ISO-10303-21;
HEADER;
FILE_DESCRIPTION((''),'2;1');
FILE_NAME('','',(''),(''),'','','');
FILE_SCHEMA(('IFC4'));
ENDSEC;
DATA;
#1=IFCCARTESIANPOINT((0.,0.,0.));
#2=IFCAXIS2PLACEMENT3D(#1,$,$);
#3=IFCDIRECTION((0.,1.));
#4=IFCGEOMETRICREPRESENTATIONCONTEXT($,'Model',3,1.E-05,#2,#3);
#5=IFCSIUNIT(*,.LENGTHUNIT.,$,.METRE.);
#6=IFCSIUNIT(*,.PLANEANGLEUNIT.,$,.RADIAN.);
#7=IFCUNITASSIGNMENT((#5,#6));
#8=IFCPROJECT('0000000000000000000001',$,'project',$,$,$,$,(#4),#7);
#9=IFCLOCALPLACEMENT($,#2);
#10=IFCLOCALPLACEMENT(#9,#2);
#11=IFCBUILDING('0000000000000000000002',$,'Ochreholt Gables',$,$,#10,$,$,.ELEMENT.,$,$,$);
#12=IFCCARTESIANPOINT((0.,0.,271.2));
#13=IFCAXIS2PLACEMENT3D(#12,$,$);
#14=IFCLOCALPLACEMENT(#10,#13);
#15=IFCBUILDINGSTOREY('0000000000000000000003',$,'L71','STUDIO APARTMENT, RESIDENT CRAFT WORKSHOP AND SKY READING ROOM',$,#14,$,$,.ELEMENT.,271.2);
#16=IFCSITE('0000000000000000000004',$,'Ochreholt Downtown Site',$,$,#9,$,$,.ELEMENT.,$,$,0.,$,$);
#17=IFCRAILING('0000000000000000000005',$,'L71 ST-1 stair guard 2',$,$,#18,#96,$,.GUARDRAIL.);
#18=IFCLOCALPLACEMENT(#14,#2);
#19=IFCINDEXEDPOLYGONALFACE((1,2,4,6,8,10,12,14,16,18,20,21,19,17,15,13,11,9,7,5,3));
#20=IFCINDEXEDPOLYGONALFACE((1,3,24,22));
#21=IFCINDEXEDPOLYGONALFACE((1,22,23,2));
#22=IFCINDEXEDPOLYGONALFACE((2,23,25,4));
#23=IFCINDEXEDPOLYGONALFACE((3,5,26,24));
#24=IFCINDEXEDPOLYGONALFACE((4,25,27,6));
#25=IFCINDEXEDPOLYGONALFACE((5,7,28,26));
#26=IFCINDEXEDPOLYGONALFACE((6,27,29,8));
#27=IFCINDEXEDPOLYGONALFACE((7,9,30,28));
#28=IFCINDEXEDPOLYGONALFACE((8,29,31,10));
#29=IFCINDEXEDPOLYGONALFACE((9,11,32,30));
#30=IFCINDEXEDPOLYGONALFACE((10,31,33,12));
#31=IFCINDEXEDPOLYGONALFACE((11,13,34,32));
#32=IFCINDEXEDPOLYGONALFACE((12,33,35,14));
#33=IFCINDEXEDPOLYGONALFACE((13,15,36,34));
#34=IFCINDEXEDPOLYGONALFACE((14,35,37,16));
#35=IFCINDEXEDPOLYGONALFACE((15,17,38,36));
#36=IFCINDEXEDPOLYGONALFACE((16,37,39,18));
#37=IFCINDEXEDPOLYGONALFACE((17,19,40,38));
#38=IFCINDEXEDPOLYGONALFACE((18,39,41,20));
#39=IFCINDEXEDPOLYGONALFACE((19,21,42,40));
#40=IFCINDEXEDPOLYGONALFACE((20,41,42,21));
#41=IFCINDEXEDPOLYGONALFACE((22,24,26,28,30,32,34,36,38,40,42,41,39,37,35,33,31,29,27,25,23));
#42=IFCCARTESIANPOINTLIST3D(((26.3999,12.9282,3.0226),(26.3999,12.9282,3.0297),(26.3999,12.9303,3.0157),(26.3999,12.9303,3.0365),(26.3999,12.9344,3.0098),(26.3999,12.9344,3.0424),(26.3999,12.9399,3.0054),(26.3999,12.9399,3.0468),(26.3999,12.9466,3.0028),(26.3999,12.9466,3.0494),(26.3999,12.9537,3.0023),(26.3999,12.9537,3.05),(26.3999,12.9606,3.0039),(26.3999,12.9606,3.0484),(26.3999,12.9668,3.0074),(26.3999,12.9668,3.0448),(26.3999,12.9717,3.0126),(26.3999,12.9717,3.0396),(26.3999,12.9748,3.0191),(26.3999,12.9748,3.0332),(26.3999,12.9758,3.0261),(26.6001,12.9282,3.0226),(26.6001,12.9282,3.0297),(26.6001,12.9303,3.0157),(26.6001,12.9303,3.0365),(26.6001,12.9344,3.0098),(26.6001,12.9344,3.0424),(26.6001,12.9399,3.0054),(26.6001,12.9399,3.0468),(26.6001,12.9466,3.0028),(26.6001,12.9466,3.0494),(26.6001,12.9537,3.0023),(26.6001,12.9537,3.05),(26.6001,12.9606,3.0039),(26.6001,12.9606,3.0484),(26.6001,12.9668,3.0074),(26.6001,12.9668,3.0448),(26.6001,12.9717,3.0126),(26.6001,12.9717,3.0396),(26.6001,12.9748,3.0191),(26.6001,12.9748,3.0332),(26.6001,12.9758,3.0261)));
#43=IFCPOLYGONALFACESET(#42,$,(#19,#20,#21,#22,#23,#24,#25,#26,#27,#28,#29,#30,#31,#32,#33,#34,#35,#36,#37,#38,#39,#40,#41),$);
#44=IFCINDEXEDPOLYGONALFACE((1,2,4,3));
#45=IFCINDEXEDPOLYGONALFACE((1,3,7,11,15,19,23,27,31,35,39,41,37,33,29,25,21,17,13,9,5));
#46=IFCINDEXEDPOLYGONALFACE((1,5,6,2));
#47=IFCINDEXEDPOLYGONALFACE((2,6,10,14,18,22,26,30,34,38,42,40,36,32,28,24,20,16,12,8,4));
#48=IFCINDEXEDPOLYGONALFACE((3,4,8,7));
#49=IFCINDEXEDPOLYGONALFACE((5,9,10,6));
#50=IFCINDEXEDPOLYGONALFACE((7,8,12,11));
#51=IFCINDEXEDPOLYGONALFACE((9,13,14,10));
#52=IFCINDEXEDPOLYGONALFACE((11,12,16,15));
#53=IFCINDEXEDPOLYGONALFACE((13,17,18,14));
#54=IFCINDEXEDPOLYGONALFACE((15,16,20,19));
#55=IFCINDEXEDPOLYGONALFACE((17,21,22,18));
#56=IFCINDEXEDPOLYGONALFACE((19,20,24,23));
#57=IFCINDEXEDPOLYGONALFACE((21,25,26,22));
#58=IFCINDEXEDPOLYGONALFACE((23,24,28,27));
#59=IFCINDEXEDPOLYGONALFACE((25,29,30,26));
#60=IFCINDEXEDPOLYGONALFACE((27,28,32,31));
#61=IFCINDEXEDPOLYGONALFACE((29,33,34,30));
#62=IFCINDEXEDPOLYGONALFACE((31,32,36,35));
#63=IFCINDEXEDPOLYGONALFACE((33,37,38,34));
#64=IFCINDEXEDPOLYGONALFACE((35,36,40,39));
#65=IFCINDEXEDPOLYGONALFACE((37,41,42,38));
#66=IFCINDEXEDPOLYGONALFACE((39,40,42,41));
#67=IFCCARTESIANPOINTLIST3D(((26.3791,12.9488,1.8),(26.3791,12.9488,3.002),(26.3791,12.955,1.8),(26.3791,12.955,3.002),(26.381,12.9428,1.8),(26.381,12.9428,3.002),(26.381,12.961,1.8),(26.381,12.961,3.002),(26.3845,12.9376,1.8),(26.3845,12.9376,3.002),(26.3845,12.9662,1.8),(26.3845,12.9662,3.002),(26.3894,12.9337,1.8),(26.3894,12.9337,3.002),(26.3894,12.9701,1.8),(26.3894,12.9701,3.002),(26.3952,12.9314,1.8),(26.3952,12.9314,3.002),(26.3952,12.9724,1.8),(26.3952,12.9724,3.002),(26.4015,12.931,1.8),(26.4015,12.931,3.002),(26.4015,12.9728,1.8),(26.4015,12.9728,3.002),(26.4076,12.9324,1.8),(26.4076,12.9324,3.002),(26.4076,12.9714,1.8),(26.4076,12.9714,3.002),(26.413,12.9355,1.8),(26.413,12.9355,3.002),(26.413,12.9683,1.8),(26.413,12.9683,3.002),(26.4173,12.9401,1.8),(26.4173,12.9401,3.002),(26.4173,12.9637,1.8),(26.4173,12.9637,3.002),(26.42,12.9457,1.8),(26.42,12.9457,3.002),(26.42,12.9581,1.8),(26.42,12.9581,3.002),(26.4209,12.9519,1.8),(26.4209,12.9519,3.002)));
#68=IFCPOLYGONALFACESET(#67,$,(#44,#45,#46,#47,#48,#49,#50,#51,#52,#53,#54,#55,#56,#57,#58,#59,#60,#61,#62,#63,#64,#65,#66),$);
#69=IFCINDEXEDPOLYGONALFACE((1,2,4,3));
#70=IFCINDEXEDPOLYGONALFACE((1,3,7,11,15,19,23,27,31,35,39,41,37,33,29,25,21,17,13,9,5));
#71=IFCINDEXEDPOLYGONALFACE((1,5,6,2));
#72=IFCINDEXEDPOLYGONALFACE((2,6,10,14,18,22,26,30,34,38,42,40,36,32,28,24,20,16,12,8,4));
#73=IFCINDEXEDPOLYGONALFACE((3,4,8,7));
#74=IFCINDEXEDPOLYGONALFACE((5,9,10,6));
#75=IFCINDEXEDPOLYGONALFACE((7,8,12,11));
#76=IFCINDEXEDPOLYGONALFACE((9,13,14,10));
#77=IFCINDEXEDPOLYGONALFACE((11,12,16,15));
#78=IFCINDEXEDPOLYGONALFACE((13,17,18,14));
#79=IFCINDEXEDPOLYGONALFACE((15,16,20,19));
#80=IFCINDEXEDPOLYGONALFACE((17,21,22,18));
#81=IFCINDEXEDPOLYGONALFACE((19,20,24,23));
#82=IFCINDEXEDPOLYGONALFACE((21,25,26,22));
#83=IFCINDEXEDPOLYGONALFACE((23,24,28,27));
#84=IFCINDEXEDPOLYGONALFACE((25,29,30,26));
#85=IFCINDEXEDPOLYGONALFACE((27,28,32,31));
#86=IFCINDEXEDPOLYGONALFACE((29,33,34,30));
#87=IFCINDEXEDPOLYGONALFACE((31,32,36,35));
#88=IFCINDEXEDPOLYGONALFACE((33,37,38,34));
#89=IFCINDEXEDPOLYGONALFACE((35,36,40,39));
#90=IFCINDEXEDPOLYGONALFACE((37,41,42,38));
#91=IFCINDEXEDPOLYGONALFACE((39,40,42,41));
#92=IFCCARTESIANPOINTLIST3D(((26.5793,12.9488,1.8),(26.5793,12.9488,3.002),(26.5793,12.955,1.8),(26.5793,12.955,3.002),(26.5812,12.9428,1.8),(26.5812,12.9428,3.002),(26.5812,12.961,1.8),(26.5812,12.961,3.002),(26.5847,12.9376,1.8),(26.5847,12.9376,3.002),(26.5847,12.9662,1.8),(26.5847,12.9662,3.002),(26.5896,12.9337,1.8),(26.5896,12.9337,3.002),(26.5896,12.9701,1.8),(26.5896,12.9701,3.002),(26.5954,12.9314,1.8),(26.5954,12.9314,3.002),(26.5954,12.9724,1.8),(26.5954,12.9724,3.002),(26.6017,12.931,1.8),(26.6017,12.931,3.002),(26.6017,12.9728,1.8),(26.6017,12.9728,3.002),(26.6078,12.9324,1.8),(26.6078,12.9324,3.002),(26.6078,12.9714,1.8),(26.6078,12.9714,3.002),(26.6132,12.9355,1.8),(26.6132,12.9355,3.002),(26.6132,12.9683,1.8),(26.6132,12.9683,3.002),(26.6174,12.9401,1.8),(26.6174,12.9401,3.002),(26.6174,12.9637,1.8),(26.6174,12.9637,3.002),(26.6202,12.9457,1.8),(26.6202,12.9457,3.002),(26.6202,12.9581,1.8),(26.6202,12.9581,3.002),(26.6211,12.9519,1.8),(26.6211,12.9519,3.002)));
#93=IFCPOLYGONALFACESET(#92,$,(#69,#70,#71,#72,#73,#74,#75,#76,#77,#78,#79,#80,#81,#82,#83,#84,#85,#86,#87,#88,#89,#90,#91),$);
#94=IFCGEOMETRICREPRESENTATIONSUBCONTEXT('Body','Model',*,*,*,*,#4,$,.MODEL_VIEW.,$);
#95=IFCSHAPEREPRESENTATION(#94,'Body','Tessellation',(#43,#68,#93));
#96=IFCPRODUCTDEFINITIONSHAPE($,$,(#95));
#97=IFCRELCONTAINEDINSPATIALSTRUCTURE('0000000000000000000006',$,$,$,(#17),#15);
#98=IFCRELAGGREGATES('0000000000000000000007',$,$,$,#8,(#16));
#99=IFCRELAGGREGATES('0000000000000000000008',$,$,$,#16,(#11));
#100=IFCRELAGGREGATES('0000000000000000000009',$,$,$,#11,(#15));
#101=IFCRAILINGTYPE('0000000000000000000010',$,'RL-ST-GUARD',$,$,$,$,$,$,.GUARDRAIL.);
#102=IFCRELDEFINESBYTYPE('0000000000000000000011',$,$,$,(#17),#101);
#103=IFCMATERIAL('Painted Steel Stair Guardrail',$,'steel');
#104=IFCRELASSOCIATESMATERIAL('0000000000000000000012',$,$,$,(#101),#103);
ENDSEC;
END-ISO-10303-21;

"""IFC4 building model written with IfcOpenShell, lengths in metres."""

from ifc_helpers import new_model, si_unit, direction, frame, origin, origin_2d, place, context, subcontext, project, spatial, circle, extrude, material, type_object, element, save


model = new_model("IFC4")

# Units and contexts
model_context = context("Model", 3, precision=1e-05, world=origin(), true_north=direction((0.0, 1.0)))
body_context = subcontext(model_context, "Body", "Model", "MODEL_VIEW")
ifc_project = project(units=[si_unit("LENGTHUNIT", "METRE"), si_unit("PLANEANGLEUNIT", "RADIAN")], contexts=[model_context])

# Site, building, storey
site_placement = place(None, origin())
site = spatial("IfcSite", under=ifc_project, at=site_placement, Name="Ochreholt Downtown Site", CompositionType="ELEMENT", RefElevation=0.0)
building_placement = place(site_placement, origin())
building = spatial("IfcBuilding", under=site, at=building_placement, Name="Ochreholt Gables", CompositionType="ELEMENT")
storey_placement = place(building_placement, frame((0.0, 0.0, 271.2)))
storey = spatial("IfcBuildingStorey", under=building, at=storey_placement, Name="L71", Description="STUDIO APARTMENT, RESIDENT CRAFT WORKSHOP AND SKY READING ROOM", CompositionType="ELEMENT", Elevation=271.2)

# Railing
ifc_material_1 = material(Name="Painted Steel Stair Guardrail", Category="steel")
railing_type_1 = type_object("IfcRailingType", Name="RL-ST-GUARD", PredefinedType="GUARDRAIL", material=ifc_material_1)
railing_1_placement = place(storey_placement, frame((26.3999, 12.9519, 1.8)))
element("IfcRailing", 1, at=railing_1_placement, inside=storey, type_object=railing_type_1, Name="L71 ST-1 stair guard 2", PredefinedType="GUARDRAIL", context=body_context, shape_type="SweptSolid", body=[
    extrude(circle(Radius=0.0239, at=origin_2d()), frame((0.0, 0.0, 1.2261), z_axis=(1.0, 0.0, 0.0), x_axis=(0.0, 1.0, 0.0)), (0.0, 0.0, 1.0), 0.2002),
    extrude(circle(Radius=0.021, at=origin_2d()), origin(), (0.0, 0.0, 1.0), 1.2019),
    extrude(circle(Radius=0.021, at=origin_2d()), frame((0.2002, 0.0, 0.0)), (0.0, 0.0, 1.0), 1.2019),
])

save(model, "model.ifc")
